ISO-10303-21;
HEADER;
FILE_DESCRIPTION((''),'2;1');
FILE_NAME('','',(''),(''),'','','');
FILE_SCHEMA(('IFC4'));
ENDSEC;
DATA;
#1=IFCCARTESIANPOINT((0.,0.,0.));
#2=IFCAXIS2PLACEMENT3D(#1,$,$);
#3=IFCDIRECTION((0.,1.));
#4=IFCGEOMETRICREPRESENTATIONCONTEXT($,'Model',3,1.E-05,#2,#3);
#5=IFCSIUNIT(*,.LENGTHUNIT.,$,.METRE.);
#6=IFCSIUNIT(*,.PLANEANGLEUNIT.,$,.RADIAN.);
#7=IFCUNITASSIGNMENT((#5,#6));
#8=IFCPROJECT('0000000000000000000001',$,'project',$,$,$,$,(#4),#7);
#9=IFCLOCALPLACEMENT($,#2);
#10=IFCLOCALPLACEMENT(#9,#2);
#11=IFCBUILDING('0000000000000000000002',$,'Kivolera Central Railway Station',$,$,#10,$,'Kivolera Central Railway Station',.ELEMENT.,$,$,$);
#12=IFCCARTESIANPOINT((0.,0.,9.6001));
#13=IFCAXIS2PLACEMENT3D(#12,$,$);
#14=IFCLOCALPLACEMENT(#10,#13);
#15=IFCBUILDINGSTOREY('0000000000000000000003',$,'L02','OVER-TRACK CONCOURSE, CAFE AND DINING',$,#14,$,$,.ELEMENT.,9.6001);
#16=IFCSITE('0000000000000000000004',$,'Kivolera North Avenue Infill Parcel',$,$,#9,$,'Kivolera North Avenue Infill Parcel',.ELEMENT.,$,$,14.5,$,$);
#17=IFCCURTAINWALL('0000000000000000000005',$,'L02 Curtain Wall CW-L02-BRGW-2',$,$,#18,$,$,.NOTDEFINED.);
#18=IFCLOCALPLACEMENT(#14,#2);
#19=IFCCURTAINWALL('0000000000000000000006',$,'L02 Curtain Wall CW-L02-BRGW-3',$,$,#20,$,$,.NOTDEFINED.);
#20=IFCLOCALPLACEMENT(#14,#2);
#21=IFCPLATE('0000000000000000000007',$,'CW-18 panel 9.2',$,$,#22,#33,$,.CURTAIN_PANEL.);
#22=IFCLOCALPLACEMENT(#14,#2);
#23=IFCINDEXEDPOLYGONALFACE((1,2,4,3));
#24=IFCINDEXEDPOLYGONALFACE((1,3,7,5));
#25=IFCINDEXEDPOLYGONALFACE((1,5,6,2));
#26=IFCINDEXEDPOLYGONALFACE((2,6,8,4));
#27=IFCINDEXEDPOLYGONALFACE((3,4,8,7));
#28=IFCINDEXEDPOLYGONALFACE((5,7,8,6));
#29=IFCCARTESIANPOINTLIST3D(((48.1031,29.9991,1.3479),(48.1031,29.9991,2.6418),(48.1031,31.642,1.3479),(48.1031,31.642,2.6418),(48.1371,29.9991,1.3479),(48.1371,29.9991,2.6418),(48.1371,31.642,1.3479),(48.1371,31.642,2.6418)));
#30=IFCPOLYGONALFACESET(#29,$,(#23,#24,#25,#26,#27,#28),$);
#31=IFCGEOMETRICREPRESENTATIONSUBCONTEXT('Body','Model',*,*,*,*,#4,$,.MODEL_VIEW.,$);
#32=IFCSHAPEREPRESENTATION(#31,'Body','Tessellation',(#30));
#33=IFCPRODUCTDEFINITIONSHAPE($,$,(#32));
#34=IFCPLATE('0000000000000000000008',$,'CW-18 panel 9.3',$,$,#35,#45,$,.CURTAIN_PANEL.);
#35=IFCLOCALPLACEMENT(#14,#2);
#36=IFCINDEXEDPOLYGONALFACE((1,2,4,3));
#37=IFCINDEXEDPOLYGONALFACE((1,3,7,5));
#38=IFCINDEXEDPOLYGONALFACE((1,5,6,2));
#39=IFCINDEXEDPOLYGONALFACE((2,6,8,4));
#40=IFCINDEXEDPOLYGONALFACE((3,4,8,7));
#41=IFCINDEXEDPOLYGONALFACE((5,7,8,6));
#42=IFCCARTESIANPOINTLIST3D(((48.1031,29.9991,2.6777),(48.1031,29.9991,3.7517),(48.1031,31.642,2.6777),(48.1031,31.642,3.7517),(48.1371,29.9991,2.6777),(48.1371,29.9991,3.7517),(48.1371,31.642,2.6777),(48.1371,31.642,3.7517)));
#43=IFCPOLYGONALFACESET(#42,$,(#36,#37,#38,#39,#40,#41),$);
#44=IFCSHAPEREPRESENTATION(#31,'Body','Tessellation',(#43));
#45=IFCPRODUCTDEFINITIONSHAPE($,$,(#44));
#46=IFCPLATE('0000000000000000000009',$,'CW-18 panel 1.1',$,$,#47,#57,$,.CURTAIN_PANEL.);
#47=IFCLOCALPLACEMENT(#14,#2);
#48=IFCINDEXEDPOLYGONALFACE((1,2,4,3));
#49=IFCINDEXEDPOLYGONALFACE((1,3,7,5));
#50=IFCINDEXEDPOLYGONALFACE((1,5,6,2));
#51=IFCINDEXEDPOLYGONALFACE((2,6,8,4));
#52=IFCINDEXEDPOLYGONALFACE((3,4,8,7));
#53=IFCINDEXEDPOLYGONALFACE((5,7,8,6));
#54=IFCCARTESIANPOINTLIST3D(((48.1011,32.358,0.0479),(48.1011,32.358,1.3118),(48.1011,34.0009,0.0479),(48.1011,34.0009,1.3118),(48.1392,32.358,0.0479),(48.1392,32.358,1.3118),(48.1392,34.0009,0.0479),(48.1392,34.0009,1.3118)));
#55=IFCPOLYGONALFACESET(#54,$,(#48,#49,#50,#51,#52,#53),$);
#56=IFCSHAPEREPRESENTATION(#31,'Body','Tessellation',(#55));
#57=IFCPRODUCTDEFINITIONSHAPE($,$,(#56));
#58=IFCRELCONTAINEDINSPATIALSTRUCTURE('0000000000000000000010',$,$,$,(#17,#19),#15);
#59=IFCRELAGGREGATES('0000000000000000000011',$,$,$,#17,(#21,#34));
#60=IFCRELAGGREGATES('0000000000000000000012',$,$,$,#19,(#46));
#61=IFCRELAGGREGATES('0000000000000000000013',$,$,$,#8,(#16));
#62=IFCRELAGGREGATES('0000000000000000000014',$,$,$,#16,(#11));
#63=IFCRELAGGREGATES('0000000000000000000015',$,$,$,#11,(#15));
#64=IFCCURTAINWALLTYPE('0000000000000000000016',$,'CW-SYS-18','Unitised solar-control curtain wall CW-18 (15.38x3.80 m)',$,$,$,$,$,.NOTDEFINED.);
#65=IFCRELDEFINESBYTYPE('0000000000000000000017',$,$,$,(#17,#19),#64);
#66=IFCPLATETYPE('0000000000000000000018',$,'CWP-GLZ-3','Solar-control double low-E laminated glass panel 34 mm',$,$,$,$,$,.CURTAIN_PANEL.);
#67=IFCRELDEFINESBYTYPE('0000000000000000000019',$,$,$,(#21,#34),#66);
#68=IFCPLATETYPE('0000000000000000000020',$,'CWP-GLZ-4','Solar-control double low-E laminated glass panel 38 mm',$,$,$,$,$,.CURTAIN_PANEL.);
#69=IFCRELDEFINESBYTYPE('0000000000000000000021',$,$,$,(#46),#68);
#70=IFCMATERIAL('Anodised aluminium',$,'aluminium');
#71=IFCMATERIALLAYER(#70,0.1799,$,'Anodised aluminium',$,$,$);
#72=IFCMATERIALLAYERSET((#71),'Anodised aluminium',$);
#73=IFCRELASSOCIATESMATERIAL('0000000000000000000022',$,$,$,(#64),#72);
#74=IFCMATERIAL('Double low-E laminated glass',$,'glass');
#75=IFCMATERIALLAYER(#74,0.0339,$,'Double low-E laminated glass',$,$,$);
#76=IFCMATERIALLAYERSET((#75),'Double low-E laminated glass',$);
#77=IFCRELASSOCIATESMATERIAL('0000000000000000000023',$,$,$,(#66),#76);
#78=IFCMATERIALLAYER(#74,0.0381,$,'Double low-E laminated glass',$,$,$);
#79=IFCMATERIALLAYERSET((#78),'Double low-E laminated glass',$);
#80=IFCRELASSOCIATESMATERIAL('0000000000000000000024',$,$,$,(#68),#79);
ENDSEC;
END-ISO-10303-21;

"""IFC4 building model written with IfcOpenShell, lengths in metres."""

from ifc_helpers import new_model, si_unit, direction, frame, origin, origin_2d, place, context, subcontext, project, spatial, rectangle, extrude, material, layer, layer_set, type_object, element, aggregate, save


model = new_model("IFC4")

# Units and contexts
model_context = context("Model", 3, precision=1e-05, world=origin(), true_north=direction((0.0, 1.0)))
body_context = subcontext(model_context, "Body", "Model", "MODEL_VIEW")
ifc_project = project(units=[si_unit("LENGTHUNIT", "METRE"), si_unit("PLANEANGLEUNIT", "RADIAN")], contexts=[model_context])

# Site, building, storey
site_placement = place(None, origin())
site = spatial("IfcSite", under=ifc_project, at=site_placement, Name="Kivolera North Avenue Infill Parcel", LongName="Kivolera North Avenue Infill Parcel", CompositionType="ELEMENT", RefElevation=14.5)
building_placement = place(site_placement, origin())
building = spatial("IfcBuilding", under=site, at=building_placement, Name="Kivolera Central Railway Station", LongName="Kivolera Central Railway Station", CompositionType="ELEMENT")
storey_placement = place(building_placement, frame((0.0, 0.0, 9.6001)))
storey = spatial("IfcBuildingStorey", under=building, at=storey_placement, Name="L02", Description="OVER-TRACK CONCOURSE, CAFE AND DINING", CompositionType="ELEMENT", Elevation=9.6001)

# Curtain wall
ifc_material_1 = material(Name="Anodised aluminium", Category="aluminium")
ifc_layer_1 = layer(ifc_material_1, 0.1799, Name="Anodised aluminium")
ifc_layer_set_1 = layer_set([ifc_layer_1], Name="Anodised aluminium")
curtain_wall_type = type_object("IfcCurtainWallType", Name="CW-SYS-18", Description="Unitised solar-control curtain wall CW-18 (15.38x3.80 m)", PredefinedType="NOTDEFINED", material=ifc_layer_set_1)
curtain_wall_1_placement = place(storey_placement, origin())
curtain_wall_1 = element("IfcCurtainWall", 1, at=curtain_wall_1_placement, inside=storey, type_object=curtain_wall_type, Name="L02 Curtain Wall CW-L02-BRGW-2", PredefinedType="NOTDEFINED")

# Curtain wall
curtain_wall_2_placement = place(storey_placement, origin())
curtain_wall_2 = element("IfcCurtainWall", 2, at=curtain_wall_2_placement, inside=storey, type_object=curtain_wall_type, Name="L02 Curtain Wall CW-L02-BRGW-3", PredefinedType="NOTDEFINED")

# Plates
ifc_material_2 = material(Name="Double low-E laminated glass", Category="glass")
ifc_layer_2 = layer(ifc_material_2, 0.0339, Name="Double low-E laminated glass")
ifc_layer_set_2 = layer_set([ifc_layer_2], Name="Double low-E laminated glass")
plate_type_1 = type_object("IfcPlateType", Name="CWP-GLZ-3", Description="Solar-control double low-E laminated glass panel 34 mm", PredefinedType="CURTAIN_PANEL", material=ifc_layer_set_2)
plate_1_placement = place(storey_placement, frame((48.1201, 30.8206, 1.3479), z_axis=(0.0, 0.0, 1.0), x_axis=(0.0, 1.0, 0.0)))
plate_1 = element("IfcPlate", 3, at=plate_1_placement, type_object=plate_type_1, Name="CW-18 panel 9.2", PredefinedType="CURTAIN_PANEL", context=body_context, shape_type="SweptSolid", body=[
    extrude(rectangle(XDim=1.6428, YDim=0.0339, at=origin_2d()), origin(), (0.0, 0.0, 1.0), 1.2939),
])
plate_2_placement = place(storey_placement, frame((48.1201, 30.8206, 2.6777), z_axis=(0.0, 0.0, 1.0), x_axis=(0.0, 1.0, 0.0)))
plate_2 = element("IfcPlate", 4, at=plate_2_placement, type_object=plate_type_1, Name="CW-18 panel 9.3", PredefinedType="CURTAIN_PANEL", context=body_context, shape_type="SweptSolid", body=[
    extrude(rectangle(XDim=1.6428, YDim=0.0339, at=origin_2d()), origin(), (0.0, 0.0, 1.0), 1.074),
])
aggregate(curtain_wall_1, [plate_1, plate_2])
ifc_layer_3 = layer(ifc_material_2, 0.0381, Name="Double low-E laminated glass")
ifc_layer_set_3 = layer_set([ifc_layer_3], Name="Double low-E laminated glass")
plate_type_2 = type_object("IfcPlateType", Name="CWP-GLZ-4", Description="Solar-control double low-E laminated glass panel 38 mm", PredefinedType="CURTAIN_PANEL", material=ifc_layer_set_3)
plate_3_placement = place(storey_placement, frame((48.1201, 33.1794, 0.0479), z_axis=(0.0, 0.0, 1.0), x_axis=(0.0, 1.0, 0.0)))
plate_3 = element("IfcPlate", 5, at=plate_3_placement, type_object=plate_type_2, Name="CW-18 panel 1.1", PredefinedType="CURTAIN_PANEL", context=body_context, shape_type="SweptSolid", body=[
    extrude(rectangle(XDim=1.6428, YDim=0.0381, at=origin_2d()), origin(), (0.0, 0.0, 1.0), 1.2639),
])
aggregate(curtain_wall_2, [plate_3])

save(model, "model.ifc")
